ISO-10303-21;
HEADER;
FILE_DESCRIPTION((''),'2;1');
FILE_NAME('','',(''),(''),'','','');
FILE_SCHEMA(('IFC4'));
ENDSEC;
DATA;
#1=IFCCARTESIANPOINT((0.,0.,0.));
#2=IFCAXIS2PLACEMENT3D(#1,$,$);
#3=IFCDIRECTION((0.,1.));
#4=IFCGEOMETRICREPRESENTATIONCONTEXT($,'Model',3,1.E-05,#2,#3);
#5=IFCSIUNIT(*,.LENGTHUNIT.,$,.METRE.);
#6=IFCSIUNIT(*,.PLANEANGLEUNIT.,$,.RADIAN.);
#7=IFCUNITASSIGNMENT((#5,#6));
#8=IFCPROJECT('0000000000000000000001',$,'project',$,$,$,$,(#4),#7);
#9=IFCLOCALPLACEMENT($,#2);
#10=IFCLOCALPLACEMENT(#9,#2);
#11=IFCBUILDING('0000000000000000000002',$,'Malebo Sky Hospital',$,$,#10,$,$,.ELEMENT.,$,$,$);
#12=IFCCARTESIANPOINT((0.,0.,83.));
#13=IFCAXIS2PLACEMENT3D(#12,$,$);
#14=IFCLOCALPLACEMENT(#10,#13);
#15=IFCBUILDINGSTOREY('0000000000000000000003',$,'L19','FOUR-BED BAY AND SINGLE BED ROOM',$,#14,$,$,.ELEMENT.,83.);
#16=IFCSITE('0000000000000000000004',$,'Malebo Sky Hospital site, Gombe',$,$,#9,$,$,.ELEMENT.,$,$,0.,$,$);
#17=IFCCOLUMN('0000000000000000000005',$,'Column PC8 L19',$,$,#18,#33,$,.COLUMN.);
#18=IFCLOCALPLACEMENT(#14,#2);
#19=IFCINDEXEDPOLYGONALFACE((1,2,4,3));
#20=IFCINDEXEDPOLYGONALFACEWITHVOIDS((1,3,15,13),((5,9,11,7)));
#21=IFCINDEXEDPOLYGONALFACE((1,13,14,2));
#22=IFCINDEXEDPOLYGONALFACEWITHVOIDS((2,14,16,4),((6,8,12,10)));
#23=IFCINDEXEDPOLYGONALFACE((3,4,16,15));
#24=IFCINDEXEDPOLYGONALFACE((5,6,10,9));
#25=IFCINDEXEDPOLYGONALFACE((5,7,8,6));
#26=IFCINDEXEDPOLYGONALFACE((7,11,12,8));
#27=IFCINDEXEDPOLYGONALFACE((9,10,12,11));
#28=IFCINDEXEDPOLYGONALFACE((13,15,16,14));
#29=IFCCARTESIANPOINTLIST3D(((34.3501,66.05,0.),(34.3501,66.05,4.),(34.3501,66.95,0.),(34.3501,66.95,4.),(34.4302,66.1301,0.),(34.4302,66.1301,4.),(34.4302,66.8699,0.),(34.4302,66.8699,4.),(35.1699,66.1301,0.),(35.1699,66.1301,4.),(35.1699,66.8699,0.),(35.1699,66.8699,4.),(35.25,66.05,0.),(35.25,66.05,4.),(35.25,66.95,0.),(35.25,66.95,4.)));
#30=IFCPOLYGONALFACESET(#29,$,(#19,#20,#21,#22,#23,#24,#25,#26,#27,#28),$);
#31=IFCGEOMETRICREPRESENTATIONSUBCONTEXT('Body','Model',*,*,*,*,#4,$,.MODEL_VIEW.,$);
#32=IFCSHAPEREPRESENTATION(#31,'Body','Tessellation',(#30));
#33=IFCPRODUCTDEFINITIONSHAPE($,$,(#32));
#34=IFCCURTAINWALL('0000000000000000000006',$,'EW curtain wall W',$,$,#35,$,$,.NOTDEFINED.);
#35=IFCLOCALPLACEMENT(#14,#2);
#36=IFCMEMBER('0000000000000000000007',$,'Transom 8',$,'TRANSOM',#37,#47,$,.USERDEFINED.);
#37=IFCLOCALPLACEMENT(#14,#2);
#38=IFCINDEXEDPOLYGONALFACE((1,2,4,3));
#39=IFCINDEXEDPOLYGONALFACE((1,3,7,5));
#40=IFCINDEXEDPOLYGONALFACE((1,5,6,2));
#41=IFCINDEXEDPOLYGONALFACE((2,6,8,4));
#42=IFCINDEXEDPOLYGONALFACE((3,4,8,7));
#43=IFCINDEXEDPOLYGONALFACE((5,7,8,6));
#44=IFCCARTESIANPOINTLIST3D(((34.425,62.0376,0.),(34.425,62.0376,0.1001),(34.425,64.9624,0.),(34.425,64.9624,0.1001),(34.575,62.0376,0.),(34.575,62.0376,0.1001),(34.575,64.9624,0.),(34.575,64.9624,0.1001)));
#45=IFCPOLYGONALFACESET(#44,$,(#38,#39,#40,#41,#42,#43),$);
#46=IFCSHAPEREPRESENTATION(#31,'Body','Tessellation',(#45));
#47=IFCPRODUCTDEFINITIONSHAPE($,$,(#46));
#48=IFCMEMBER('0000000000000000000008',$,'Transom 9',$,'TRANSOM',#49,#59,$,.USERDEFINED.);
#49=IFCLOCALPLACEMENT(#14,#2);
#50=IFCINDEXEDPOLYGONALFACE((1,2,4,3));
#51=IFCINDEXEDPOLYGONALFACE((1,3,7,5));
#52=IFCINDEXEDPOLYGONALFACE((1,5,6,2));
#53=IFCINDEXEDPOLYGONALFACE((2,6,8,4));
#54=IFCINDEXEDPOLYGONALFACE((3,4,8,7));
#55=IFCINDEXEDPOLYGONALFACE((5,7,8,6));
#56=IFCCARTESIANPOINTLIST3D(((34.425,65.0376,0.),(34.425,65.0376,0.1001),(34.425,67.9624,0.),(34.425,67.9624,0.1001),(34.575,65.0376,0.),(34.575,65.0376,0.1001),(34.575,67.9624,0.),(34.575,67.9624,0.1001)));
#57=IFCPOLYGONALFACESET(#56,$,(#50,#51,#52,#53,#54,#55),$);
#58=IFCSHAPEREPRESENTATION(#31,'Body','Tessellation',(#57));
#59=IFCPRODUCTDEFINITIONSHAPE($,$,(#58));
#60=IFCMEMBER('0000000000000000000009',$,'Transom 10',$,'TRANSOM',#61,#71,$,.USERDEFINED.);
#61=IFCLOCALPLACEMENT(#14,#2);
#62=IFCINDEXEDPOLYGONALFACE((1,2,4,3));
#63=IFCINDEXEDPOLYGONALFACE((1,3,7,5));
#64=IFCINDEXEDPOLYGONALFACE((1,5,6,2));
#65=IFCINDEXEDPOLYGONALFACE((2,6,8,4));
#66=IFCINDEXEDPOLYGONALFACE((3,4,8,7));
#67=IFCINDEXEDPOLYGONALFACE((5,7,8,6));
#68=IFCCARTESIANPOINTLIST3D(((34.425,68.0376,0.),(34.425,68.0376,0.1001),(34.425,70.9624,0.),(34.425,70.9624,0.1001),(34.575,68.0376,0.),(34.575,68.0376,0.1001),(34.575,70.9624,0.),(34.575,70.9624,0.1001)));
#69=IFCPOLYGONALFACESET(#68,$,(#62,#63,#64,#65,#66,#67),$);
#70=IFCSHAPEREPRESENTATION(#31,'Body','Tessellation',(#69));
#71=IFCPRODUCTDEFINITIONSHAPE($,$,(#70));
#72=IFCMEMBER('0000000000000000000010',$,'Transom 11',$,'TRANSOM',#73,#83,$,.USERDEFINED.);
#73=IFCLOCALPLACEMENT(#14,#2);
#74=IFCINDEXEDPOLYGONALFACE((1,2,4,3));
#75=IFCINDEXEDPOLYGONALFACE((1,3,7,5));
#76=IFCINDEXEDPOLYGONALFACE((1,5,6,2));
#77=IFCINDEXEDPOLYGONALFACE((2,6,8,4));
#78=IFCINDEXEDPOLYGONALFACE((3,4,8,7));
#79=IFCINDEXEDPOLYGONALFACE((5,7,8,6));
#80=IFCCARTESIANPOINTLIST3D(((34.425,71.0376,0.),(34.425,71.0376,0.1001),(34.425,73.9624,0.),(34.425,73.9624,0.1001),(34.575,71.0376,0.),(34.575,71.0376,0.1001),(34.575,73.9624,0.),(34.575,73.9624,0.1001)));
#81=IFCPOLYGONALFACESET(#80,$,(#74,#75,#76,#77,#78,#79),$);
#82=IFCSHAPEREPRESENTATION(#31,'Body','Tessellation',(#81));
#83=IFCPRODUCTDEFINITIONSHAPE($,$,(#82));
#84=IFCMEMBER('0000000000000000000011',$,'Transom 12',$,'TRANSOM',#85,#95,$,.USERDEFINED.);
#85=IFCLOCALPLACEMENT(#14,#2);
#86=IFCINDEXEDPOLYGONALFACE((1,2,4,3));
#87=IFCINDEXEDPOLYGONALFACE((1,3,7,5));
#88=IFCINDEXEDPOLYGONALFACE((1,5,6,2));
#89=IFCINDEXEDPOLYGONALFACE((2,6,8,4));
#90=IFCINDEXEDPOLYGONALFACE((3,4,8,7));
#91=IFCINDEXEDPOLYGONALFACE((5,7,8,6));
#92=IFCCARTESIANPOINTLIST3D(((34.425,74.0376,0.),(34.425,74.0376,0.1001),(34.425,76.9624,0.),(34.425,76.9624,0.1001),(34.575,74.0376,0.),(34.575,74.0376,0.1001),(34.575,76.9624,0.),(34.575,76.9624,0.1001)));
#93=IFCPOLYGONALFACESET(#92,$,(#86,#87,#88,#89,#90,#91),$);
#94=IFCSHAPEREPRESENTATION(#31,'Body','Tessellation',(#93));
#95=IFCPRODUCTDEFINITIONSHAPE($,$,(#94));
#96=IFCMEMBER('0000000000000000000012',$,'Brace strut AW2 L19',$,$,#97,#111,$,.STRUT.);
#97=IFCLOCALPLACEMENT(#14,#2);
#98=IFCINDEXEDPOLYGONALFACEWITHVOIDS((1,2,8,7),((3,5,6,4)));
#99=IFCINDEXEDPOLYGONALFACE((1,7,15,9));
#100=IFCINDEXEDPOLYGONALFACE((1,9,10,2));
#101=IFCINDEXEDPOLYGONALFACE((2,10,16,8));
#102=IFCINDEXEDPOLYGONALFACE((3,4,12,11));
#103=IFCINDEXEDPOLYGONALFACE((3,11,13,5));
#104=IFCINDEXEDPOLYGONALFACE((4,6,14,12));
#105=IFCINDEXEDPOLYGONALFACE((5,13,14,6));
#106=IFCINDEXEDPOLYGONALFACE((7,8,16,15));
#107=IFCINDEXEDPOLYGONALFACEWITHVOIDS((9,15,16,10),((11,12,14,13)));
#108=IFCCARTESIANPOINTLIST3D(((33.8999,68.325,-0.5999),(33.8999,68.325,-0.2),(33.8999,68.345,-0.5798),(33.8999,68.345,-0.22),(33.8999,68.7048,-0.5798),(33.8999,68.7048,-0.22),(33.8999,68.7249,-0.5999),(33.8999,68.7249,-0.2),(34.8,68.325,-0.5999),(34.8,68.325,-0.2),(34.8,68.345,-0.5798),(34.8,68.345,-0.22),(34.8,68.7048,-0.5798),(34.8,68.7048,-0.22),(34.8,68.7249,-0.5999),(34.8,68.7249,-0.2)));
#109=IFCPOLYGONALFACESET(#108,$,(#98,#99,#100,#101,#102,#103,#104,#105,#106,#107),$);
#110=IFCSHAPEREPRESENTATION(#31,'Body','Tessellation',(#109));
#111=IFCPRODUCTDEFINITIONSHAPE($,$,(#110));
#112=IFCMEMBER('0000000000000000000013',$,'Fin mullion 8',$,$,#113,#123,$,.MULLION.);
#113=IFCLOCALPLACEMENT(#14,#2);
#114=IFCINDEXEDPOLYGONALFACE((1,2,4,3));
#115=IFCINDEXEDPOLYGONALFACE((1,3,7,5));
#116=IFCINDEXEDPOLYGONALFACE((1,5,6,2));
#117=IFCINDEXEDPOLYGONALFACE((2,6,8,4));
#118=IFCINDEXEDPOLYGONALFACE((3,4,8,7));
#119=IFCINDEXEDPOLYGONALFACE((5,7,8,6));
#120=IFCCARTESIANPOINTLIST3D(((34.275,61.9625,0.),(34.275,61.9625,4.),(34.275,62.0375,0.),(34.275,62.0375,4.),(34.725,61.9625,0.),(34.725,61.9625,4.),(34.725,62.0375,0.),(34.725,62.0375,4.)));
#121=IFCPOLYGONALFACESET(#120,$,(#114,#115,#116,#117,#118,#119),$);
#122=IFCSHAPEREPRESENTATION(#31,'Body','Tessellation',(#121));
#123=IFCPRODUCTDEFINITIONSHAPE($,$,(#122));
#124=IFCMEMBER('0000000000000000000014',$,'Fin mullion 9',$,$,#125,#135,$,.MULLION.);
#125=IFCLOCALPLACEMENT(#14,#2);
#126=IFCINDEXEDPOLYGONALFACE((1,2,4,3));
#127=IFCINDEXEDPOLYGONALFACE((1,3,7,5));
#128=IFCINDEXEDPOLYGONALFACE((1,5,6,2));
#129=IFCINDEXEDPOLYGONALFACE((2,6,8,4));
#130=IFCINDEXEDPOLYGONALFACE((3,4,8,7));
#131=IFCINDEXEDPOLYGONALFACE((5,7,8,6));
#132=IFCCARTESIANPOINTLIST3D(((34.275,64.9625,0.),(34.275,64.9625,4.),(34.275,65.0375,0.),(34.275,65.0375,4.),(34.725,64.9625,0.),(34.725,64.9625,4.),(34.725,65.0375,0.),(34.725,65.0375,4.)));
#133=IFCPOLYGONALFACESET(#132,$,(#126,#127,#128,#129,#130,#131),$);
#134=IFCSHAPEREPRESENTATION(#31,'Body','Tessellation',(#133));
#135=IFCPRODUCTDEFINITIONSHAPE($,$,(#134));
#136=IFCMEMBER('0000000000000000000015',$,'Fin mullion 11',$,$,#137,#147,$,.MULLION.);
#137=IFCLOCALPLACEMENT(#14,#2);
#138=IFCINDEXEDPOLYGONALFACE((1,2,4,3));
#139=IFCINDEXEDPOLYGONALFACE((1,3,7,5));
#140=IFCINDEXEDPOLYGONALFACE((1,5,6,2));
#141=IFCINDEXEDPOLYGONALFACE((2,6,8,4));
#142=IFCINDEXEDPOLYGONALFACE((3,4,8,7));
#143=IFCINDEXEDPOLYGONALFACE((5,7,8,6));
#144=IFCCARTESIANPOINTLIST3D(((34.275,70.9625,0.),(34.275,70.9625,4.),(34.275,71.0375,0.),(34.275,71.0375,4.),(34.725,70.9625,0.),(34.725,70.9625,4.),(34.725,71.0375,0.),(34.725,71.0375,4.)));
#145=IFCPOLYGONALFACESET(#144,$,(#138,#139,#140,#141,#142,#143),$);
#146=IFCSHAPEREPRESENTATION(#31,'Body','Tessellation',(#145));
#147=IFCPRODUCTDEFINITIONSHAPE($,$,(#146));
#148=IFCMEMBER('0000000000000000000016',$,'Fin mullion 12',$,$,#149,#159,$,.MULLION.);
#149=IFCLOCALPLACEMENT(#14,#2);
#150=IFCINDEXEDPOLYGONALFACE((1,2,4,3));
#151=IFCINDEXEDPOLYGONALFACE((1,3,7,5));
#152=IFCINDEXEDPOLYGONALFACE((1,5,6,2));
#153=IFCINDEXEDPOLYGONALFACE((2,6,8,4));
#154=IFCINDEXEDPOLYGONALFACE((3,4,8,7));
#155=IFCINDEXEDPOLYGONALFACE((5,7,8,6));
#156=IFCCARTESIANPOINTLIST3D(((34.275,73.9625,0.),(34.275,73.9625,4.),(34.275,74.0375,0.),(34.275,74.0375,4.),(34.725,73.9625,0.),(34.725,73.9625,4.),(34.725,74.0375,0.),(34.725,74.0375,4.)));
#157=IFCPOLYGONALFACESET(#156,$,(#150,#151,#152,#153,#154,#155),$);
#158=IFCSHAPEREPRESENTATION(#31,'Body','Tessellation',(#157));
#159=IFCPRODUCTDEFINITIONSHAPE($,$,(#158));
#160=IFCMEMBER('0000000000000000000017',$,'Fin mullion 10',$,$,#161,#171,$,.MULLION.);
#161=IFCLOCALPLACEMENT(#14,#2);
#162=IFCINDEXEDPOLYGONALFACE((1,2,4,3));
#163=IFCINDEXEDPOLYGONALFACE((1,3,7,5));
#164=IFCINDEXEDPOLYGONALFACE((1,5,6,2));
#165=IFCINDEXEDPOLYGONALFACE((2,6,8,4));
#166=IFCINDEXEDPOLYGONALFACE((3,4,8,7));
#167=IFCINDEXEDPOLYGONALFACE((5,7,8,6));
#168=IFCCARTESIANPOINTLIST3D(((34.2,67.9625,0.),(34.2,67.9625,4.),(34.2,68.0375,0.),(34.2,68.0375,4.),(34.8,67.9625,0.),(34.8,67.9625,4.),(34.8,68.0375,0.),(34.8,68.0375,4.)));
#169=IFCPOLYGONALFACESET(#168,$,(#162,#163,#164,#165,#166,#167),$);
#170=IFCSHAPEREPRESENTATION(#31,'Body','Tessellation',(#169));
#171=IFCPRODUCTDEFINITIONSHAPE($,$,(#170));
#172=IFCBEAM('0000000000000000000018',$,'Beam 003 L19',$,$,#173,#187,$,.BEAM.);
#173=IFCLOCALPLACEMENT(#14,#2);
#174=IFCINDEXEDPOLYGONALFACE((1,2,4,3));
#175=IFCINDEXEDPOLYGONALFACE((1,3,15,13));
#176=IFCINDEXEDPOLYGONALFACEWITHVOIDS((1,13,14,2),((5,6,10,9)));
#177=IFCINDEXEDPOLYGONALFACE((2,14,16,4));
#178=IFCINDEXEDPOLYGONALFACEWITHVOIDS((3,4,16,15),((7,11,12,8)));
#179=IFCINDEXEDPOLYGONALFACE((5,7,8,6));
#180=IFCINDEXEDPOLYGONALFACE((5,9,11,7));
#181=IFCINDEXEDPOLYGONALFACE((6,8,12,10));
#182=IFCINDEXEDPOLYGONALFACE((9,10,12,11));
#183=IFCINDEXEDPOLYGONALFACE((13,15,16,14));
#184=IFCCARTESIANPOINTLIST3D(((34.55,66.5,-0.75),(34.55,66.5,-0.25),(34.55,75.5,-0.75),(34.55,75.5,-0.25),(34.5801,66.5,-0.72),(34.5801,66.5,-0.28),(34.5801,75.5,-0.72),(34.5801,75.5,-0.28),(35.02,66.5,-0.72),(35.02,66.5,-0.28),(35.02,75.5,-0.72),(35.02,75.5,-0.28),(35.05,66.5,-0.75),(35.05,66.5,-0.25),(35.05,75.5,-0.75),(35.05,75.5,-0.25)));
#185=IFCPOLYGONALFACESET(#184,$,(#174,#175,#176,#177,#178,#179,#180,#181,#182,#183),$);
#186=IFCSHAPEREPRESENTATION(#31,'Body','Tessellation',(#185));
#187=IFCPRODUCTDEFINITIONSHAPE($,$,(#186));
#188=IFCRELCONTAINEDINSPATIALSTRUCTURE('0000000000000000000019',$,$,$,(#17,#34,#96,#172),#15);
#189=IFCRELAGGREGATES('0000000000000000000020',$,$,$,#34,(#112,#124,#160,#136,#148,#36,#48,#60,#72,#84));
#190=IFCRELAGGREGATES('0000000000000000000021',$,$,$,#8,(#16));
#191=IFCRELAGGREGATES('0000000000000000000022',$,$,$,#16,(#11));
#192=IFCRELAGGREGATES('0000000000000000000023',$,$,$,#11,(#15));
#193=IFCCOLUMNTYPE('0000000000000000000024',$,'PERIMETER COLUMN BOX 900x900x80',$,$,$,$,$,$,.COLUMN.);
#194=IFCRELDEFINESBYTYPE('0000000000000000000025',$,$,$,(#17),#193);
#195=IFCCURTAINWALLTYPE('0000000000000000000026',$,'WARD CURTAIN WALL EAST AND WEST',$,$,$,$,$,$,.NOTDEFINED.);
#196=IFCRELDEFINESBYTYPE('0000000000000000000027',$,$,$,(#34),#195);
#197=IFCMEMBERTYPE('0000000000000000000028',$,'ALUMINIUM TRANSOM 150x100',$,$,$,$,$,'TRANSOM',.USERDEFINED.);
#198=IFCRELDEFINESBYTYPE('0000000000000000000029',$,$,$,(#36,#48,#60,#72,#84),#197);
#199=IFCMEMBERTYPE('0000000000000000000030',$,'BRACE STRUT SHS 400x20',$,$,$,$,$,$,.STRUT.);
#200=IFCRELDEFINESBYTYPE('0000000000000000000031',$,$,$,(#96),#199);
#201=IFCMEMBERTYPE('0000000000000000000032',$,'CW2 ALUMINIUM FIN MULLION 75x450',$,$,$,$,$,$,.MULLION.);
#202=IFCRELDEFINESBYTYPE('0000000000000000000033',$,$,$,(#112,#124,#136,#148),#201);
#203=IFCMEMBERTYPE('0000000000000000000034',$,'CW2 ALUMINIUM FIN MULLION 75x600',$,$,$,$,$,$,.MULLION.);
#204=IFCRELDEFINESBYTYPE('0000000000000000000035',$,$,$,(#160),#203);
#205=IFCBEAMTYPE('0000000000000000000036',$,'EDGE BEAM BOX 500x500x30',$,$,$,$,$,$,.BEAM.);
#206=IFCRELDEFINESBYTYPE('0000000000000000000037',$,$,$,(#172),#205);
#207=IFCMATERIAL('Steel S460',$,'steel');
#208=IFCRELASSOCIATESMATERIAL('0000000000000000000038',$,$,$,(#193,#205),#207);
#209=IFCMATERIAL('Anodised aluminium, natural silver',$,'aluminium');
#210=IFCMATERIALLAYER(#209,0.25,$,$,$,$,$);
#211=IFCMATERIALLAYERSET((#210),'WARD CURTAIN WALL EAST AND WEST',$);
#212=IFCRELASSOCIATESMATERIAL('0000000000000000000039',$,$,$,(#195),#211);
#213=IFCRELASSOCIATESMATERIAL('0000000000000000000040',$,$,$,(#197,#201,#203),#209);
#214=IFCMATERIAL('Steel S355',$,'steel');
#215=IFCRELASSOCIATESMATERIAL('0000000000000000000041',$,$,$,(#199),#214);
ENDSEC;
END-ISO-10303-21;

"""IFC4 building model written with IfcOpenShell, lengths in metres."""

from ifc_helpers import new_model, si_unit, direction, frame, origin, origin_2d, place, context, subcontext, project, spatial, rectangle, hollow_rectangle, extrude, material, layer, layer_set, material_profile, profile_set, type_object, element, aggregate, save


model = new_model("IFC4")

# Units and contexts
model_context = context("Model", 3, precision=1e-05, world=origin(), true_north=direction((0.0, 1.0)))
body_context = subcontext(model_context, "Body", "Model", "MODEL_VIEW")
ifc_project = project(units=[si_unit("LENGTHUNIT", "METRE"), si_unit("PLANEANGLEUNIT", "RADIAN")], contexts=[model_context])

# Site, building, storey
site_placement = place(None, origin())
site = spatial("IfcSite", under=ifc_project, at=site_placement, Name="Malebo Sky Hospital site, Gombe", CompositionType="ELEMENT", RefElevation=0.0)
building_placement = place(site_placement, origin())
building = spatial("IfcBuilding", under=site, at=building_placement, Name="Malebo Sky Hospital", CompositionType="ELEMENT")
storey_placement = place(building_placement, frame((0.0, 0.0, 83.0)))
storey = spatial("IfcBuildingStorey", under=building, at=storey_placement, Name="L19", Description="FOUR-BED BAY AND SINGLE BED ROOM", CompositionType="ELEMENT", Elevation=83.0)

# Column
ifc_material_1 = material(Name="Steel S460", Category="steel")
ifc_material_profile_1 = material_profile(ifc_material_1, hollow_rectangle(XDim=0.8999, YDim=0.8999, WallThickness=0.0801, at=origin_2d()), Name="BOX 900x900x80")
ifc_profile_set_1 = profile_set([ifc_material_profile_1], Name="Steel S460")
column_type = type_object("IfcColumnType", Name="PERIMETER COLUMN BOX 900x900x80", PredefinedType="COLUMN", material=ifc_profile_set_1)
column_placement = place(storey_placement, frame((34.8, 66.5, 0.0), z_axis=(0.0, 0.0, 1.0), x_axis=(1.0, 0.0, 0.0)))
element("IfcColumn", 1, at=column_placement, inside=storey, type_object=column_type, Name="Column PC8 L19", PredefinedType="COLUMN", context=body_context, shape_type="SweptSolid", body=[
    extrude(hollow_rectangle(XDim=0.8999, YDim=0.8999, WallThickness=0.0801, at=origin_2d()), origin(), (0.0, 0.0, 1.0), 4.0),
])

# Curtain wall, members
ifc_material_2 = material(Name="Anodised aluminium, natural silver", Category="aluminium")
ifc_layer_1 = layer(ifc_material_2, 0.25)
ifc_layer_set_1 = layer_set([ifc_layer_1], Name="WARD CURTAIN WALL EAST AND WEST")
curtain_wall_type = type_object("IfcCurtainWallType", Name="WARD CURTAIN WALL EAST AND WEST", PredefinedType="NOTDEFINED", material=ifc_layer_set_1)
curtain_wall_placement = place(storey_placement, origin())
curtain_wall = element("IfcCurtainWall", 2, at=curtain_wall_placement, inside=storey, type_object=curtain_wall_type, Name="EW curtain wall W", PredefinedType="NOTDEFINED")
ifc_material_profile_2 = material_profile(ifc_material_2, rectangle(XDim=0.1499, YDim=0.1001, at=origin_2d()), Name="ALUMINIUM TRANSOM 150x100")
ifc_profile_set_2 = profile_set([ifc_material_profile_2], Name="Anodised aluminium, natural silver")
member_type_1 = type_object("IfcMemberType", Name="ALUMINIUM TRANSOM 150x100", ElementType="TRANSOM", PredefinedType="USERDEFINED", material=ifc_profile_set_2)
member_1_placement = place(storey_placement, frame((34.5, 62.0376, 0.05), z_axis=(0.0, 1.0, 0.0), x_axis=(-1.0, 0.0, 0.0)))
member_1 = element("IfcMember", 3, at=member_1_placement, type_object=member_type_1, Name="Transom 8", ObjectType="TRANSOM", PredefinedType="USERDEFINED", context=body_context, shape_type="SweptSolid", body=[
    extrude(rectangle(XDim=0.1499, YDim=0.1001, at=origin_2d()), origin(), (0.0, 0.0, 1.0), 2.9248),
])
member_2_placement = place(storey_placement, frame((34.5, 65.0376, 0.05), z_axis=(0.0, 1.0, 0.0), x_axis=(-1.0, 0.0, 0.0)))
member_2 = element("IfcMember", 4, at=member_2_placement, type_object=member_type_1, Name="Transom 9", ObjectType="TRANSOM", PredefinedType="USERDEFINED", context=body_context, shape_type="SweptSolid", body=[
    extrude(rectangle(XDim=0.1499, YDim=0.1001, at=origin_2d()), origin(), (0.0, 0.0, 1.0), 2.9248),
])
member_3_placement = place(storey_placement, frame((34.5, 68.0376, 0.05), z_axis=(0.0, 1.0, 0.0), x_axis=(-1.0, 0.0, 0.0)))
member_3 = element("IfcMember", 5, at=member_3_placement, type_object=member_type_1, Name="Transom 10", ObjectType="TRANSOM", PredefinedType="USERDEFINED", context=body_context, shape_type="SweptSolid", body=[
    extrude(rectangle(XDim=0.1499, YDim=0.1001, at=origin_2d()), origin(), (0.0, 0.0, 1.0), 2.9248),
])
member_4_placement = place(storey_placement, frame((34.5, 71.0376, 0.05), z_axis=(0.0, 1.0, 0.0), x_axis=(-1.0, 0.0, 0.0)))
member_4 = element("IfcMember", 6, at=member_4_placement, type_object=member_type_1, Name="Transom 11", ObjectType="TRANSOM", PredefinedType="USERDEFINED", context=body_context, shape_type="SweptSolid", body=[
    extrude(rectangle(XDim=0.1499, YDim=0.1001, at=origin_2d()), origin(), (0.0, 0.0, 1.0), 2.9248),
])
member_5_placement = place(storey_placement, frame((34.5, 74.0376, 0.05), z_axis=(0.0, 1.0, 0.0), x_axis=(-1.0, 0.0, 0.0)))
member_5 = element("IfcMember", 7, at=member_5_placement, type_object=member_type_1, Name="Transom 12", ObjectType="TRANSOM", PredefinedType="USERDEFINED", context=body_context, shape_type="SweptSolid", body=[
    extrude(rectangle(XDim=0.1499, YDim=0.1001, at=origin_2d()), origin(), (0.0, 0.0, 1.0), 2.9248),
])

# Members
ifc_material_3 = material(Name="Steel S355", Category="steel")
ifc_material_profile_3 = material_profile(ifc_material_3, hollow_rectangle(XDim=0.3999, YDim=0.3999, WallThickness=0.02, at=origin_2d()), Name="SHS 400x20")
ifc_profile_set_3 = profile_set([ifc_material_profile_3], Name="Steel S355")
member_type_2 = type_object("IfcMemberType", Name="BRACE STRUT SHS 400x20", PredefinedType="STRUT", material=ifc_profile_set_3)
member_6_placement = place(storey_placement, frame((33.8999, 68.5249, -0.3999), z_axis=(1.0, 0.0, 0.0), x_axis=(0.0, 1.0, 0.0)))
element("IfcMember", 8, at=member_6_placement, inside=storey, type_object=member_type_2, Name="Brace strut AW2 L19", PredefinedType="STRUT", context=body_context, shape_type="SweptSolid", body=[
    extrude(hollow_rectangle(XDim=0.3999, YDim=0.3999, WallThickness=0.02, at=origin_2d()), origin(), (0.0, 0.0, 1.0), 0.9001),
])
ifc_material_profile_4 = material_profile(ifc_material_2, rectangle(XDim=0.075, YDim=0.45, at=origin_2d()), Name="CW2 ALUMINIUM FIN MULLION 75x450")
ifc_profile_set_4 = profile_set([ifc_material_profile_4], Name="Anodised aluminium, natural silver")
member_type_3 = type_object("IfcMemberType", Name="CW2 ALUMINIUM FIN MULLION 75x450", PredefinedType="MULLION", material=ifc_profile_set_4)
member_7_placement = place(storey_placement, frame((34.5, 62.0, 0.0), z_axis=(0.0, 0.0, 1.0), x_axis=(0.0, 1.0, 0.0)))
member_7 = element("IfcMember", 9, at=member_7_placement, type_object=member_type_3, Name="Fin mullion 8", PredefinedType="MULLION", context=body_context, shape_type="SweptSolid", body=[
    extrude(rectangle(XDim=0.075, YDim=0.45, at=origin_2d()), origin(), (0.0, 0.0, 1.0), 4.0),
])
member_8_placement = place(storey_placement, frame((34.5, 65.0, 0.0), z_axis=(0.0, 0.0, 1.0), x_axis=(0.0, 1.0, 0.0)))
member_8 = element("IfcMember", 10, at=member_8_placement, type_object=member_type_3, Name="Fin mullion 9", PredefinedType="MULLION", context=body_context, shape_type="SweptSolid", body=[
    extrude(rectangle(XDim=0.075, YDim=0.45, at=origin_2d()), origin(), (0.0, 0.0, 1.0), 4.0),
])
member_9_placement = place(storey_placement, frame((34.5, 71.0, 0.0), z_axis=(0.0, 0.0, 1.0), x_axis=(0.0, 1.0, 0.0)))
member_9 = element("IfcMember", 11, at=member_9_placement, type_object=member_type_3, Name="Fin mullion 11", PredefinedType="MULLION", context=body_context, shape_type="SweptSolid", body=[
    extrude(rectangle(XDim=0.075, YDim=0.45, at=origin_2d()), origin(), (0.0, 0.0, 1.0), 4.0),
])
member_10_placement = place(storey_placement, frame((34.5, 74.0, 0.0), z_axis=(0.0, 0.0, 1.0), x_axis=(0.0, 1.0, 0.0)))
member_10 = element("IfcMember", 12, at=member_10_placement, type_object=member_type_3, Name="Fin mullion 12", PredefinedType="MULLION", context=body_context, shape_type="SweptSolid", body=[
    extrude(rectangle(XDim=0.075, YDim=0.45, at=origin_2d()), origin(), (0.0, 0.0, 1.0), 4.0),
])
ifc_material_profile_5 = material_profile(ifc_material_2, rectangle(XDim=0.075, YDim=0.6001, at=origin_2d()), Name="CW2 ALUMINIUM FIN MULLION 75x600")
ifc_profile_set_5 = profile_set([ifc_material_profile_5], Name="Anodised aluminium, natural silver")
member_type_4 = type_object("IfcMemberType", Name="CW2 ALUMINIUM FIN MULLION 75x600", PredefinedType="MULLION", material=ifc_profile_set_5)
member_11_placement = place(storey_placement, frame((34.5, 68.0, 0.0), z_axis=(0.0, 0.0, 1.0), x_axis=(0.0, 1.0, 0.0)))
member_11 = element("IfcMember", 13, at=member_11_placement, type_object=member_type_4, Name="Fin mullion 10", PredefinedType="MULLION", context=body_context, shape_type="SweptSolid", body=[
    extrude(rectangle(XDim=0.075, YDim=0.6001, at=origin_2d()), origin(), (0.0, 0.0, 1.0), 4.0),
])

# Beam
ifc_material_profile_6 = material_profile(ifc_material_1, hollow_rectangle(XDim=0.5, YDim=0.5, WallThickness=0.03, at=origin_2d()), Name="BOX 500x500x30")
ifc_profile_set_6 = profile_set([ifc_material_profile_6], Name="Steel S460")
beam_type_1 = type_object("IfcBeamType", Name="EDGE BEAM BOX 500x500x30", PredefinedType="BEAM", material=ifc_profile_set_6)
beam_1_placement = place(storey_placement, frame((34.8, 66.5, -0.5), z_axis=(0.0, 1.0, 0.0), x_axis=(-1.0, 0.0, 0.0)))
element("IfcBeam", 14, at=beam_1_placement, inside=storey, type_object=beam_type_1, Name="Beam 003 L19", PredefinedType="BEAM", context=body_context, shape_type="SweptSolid", body=[
    extrude(hollow_rectangle(XDim=0.5, YDim=0.5, WallThickness=0.03, at=origin_2d()), origin(), (0.0, 0.0, 1.0), 9.0),
])

aggregate(curtain_wall, [member_7, member_8, member_11, member_9, member_10, member_1, member_2, member_3, member_4, member_5])

save(model, "model.ifc")
